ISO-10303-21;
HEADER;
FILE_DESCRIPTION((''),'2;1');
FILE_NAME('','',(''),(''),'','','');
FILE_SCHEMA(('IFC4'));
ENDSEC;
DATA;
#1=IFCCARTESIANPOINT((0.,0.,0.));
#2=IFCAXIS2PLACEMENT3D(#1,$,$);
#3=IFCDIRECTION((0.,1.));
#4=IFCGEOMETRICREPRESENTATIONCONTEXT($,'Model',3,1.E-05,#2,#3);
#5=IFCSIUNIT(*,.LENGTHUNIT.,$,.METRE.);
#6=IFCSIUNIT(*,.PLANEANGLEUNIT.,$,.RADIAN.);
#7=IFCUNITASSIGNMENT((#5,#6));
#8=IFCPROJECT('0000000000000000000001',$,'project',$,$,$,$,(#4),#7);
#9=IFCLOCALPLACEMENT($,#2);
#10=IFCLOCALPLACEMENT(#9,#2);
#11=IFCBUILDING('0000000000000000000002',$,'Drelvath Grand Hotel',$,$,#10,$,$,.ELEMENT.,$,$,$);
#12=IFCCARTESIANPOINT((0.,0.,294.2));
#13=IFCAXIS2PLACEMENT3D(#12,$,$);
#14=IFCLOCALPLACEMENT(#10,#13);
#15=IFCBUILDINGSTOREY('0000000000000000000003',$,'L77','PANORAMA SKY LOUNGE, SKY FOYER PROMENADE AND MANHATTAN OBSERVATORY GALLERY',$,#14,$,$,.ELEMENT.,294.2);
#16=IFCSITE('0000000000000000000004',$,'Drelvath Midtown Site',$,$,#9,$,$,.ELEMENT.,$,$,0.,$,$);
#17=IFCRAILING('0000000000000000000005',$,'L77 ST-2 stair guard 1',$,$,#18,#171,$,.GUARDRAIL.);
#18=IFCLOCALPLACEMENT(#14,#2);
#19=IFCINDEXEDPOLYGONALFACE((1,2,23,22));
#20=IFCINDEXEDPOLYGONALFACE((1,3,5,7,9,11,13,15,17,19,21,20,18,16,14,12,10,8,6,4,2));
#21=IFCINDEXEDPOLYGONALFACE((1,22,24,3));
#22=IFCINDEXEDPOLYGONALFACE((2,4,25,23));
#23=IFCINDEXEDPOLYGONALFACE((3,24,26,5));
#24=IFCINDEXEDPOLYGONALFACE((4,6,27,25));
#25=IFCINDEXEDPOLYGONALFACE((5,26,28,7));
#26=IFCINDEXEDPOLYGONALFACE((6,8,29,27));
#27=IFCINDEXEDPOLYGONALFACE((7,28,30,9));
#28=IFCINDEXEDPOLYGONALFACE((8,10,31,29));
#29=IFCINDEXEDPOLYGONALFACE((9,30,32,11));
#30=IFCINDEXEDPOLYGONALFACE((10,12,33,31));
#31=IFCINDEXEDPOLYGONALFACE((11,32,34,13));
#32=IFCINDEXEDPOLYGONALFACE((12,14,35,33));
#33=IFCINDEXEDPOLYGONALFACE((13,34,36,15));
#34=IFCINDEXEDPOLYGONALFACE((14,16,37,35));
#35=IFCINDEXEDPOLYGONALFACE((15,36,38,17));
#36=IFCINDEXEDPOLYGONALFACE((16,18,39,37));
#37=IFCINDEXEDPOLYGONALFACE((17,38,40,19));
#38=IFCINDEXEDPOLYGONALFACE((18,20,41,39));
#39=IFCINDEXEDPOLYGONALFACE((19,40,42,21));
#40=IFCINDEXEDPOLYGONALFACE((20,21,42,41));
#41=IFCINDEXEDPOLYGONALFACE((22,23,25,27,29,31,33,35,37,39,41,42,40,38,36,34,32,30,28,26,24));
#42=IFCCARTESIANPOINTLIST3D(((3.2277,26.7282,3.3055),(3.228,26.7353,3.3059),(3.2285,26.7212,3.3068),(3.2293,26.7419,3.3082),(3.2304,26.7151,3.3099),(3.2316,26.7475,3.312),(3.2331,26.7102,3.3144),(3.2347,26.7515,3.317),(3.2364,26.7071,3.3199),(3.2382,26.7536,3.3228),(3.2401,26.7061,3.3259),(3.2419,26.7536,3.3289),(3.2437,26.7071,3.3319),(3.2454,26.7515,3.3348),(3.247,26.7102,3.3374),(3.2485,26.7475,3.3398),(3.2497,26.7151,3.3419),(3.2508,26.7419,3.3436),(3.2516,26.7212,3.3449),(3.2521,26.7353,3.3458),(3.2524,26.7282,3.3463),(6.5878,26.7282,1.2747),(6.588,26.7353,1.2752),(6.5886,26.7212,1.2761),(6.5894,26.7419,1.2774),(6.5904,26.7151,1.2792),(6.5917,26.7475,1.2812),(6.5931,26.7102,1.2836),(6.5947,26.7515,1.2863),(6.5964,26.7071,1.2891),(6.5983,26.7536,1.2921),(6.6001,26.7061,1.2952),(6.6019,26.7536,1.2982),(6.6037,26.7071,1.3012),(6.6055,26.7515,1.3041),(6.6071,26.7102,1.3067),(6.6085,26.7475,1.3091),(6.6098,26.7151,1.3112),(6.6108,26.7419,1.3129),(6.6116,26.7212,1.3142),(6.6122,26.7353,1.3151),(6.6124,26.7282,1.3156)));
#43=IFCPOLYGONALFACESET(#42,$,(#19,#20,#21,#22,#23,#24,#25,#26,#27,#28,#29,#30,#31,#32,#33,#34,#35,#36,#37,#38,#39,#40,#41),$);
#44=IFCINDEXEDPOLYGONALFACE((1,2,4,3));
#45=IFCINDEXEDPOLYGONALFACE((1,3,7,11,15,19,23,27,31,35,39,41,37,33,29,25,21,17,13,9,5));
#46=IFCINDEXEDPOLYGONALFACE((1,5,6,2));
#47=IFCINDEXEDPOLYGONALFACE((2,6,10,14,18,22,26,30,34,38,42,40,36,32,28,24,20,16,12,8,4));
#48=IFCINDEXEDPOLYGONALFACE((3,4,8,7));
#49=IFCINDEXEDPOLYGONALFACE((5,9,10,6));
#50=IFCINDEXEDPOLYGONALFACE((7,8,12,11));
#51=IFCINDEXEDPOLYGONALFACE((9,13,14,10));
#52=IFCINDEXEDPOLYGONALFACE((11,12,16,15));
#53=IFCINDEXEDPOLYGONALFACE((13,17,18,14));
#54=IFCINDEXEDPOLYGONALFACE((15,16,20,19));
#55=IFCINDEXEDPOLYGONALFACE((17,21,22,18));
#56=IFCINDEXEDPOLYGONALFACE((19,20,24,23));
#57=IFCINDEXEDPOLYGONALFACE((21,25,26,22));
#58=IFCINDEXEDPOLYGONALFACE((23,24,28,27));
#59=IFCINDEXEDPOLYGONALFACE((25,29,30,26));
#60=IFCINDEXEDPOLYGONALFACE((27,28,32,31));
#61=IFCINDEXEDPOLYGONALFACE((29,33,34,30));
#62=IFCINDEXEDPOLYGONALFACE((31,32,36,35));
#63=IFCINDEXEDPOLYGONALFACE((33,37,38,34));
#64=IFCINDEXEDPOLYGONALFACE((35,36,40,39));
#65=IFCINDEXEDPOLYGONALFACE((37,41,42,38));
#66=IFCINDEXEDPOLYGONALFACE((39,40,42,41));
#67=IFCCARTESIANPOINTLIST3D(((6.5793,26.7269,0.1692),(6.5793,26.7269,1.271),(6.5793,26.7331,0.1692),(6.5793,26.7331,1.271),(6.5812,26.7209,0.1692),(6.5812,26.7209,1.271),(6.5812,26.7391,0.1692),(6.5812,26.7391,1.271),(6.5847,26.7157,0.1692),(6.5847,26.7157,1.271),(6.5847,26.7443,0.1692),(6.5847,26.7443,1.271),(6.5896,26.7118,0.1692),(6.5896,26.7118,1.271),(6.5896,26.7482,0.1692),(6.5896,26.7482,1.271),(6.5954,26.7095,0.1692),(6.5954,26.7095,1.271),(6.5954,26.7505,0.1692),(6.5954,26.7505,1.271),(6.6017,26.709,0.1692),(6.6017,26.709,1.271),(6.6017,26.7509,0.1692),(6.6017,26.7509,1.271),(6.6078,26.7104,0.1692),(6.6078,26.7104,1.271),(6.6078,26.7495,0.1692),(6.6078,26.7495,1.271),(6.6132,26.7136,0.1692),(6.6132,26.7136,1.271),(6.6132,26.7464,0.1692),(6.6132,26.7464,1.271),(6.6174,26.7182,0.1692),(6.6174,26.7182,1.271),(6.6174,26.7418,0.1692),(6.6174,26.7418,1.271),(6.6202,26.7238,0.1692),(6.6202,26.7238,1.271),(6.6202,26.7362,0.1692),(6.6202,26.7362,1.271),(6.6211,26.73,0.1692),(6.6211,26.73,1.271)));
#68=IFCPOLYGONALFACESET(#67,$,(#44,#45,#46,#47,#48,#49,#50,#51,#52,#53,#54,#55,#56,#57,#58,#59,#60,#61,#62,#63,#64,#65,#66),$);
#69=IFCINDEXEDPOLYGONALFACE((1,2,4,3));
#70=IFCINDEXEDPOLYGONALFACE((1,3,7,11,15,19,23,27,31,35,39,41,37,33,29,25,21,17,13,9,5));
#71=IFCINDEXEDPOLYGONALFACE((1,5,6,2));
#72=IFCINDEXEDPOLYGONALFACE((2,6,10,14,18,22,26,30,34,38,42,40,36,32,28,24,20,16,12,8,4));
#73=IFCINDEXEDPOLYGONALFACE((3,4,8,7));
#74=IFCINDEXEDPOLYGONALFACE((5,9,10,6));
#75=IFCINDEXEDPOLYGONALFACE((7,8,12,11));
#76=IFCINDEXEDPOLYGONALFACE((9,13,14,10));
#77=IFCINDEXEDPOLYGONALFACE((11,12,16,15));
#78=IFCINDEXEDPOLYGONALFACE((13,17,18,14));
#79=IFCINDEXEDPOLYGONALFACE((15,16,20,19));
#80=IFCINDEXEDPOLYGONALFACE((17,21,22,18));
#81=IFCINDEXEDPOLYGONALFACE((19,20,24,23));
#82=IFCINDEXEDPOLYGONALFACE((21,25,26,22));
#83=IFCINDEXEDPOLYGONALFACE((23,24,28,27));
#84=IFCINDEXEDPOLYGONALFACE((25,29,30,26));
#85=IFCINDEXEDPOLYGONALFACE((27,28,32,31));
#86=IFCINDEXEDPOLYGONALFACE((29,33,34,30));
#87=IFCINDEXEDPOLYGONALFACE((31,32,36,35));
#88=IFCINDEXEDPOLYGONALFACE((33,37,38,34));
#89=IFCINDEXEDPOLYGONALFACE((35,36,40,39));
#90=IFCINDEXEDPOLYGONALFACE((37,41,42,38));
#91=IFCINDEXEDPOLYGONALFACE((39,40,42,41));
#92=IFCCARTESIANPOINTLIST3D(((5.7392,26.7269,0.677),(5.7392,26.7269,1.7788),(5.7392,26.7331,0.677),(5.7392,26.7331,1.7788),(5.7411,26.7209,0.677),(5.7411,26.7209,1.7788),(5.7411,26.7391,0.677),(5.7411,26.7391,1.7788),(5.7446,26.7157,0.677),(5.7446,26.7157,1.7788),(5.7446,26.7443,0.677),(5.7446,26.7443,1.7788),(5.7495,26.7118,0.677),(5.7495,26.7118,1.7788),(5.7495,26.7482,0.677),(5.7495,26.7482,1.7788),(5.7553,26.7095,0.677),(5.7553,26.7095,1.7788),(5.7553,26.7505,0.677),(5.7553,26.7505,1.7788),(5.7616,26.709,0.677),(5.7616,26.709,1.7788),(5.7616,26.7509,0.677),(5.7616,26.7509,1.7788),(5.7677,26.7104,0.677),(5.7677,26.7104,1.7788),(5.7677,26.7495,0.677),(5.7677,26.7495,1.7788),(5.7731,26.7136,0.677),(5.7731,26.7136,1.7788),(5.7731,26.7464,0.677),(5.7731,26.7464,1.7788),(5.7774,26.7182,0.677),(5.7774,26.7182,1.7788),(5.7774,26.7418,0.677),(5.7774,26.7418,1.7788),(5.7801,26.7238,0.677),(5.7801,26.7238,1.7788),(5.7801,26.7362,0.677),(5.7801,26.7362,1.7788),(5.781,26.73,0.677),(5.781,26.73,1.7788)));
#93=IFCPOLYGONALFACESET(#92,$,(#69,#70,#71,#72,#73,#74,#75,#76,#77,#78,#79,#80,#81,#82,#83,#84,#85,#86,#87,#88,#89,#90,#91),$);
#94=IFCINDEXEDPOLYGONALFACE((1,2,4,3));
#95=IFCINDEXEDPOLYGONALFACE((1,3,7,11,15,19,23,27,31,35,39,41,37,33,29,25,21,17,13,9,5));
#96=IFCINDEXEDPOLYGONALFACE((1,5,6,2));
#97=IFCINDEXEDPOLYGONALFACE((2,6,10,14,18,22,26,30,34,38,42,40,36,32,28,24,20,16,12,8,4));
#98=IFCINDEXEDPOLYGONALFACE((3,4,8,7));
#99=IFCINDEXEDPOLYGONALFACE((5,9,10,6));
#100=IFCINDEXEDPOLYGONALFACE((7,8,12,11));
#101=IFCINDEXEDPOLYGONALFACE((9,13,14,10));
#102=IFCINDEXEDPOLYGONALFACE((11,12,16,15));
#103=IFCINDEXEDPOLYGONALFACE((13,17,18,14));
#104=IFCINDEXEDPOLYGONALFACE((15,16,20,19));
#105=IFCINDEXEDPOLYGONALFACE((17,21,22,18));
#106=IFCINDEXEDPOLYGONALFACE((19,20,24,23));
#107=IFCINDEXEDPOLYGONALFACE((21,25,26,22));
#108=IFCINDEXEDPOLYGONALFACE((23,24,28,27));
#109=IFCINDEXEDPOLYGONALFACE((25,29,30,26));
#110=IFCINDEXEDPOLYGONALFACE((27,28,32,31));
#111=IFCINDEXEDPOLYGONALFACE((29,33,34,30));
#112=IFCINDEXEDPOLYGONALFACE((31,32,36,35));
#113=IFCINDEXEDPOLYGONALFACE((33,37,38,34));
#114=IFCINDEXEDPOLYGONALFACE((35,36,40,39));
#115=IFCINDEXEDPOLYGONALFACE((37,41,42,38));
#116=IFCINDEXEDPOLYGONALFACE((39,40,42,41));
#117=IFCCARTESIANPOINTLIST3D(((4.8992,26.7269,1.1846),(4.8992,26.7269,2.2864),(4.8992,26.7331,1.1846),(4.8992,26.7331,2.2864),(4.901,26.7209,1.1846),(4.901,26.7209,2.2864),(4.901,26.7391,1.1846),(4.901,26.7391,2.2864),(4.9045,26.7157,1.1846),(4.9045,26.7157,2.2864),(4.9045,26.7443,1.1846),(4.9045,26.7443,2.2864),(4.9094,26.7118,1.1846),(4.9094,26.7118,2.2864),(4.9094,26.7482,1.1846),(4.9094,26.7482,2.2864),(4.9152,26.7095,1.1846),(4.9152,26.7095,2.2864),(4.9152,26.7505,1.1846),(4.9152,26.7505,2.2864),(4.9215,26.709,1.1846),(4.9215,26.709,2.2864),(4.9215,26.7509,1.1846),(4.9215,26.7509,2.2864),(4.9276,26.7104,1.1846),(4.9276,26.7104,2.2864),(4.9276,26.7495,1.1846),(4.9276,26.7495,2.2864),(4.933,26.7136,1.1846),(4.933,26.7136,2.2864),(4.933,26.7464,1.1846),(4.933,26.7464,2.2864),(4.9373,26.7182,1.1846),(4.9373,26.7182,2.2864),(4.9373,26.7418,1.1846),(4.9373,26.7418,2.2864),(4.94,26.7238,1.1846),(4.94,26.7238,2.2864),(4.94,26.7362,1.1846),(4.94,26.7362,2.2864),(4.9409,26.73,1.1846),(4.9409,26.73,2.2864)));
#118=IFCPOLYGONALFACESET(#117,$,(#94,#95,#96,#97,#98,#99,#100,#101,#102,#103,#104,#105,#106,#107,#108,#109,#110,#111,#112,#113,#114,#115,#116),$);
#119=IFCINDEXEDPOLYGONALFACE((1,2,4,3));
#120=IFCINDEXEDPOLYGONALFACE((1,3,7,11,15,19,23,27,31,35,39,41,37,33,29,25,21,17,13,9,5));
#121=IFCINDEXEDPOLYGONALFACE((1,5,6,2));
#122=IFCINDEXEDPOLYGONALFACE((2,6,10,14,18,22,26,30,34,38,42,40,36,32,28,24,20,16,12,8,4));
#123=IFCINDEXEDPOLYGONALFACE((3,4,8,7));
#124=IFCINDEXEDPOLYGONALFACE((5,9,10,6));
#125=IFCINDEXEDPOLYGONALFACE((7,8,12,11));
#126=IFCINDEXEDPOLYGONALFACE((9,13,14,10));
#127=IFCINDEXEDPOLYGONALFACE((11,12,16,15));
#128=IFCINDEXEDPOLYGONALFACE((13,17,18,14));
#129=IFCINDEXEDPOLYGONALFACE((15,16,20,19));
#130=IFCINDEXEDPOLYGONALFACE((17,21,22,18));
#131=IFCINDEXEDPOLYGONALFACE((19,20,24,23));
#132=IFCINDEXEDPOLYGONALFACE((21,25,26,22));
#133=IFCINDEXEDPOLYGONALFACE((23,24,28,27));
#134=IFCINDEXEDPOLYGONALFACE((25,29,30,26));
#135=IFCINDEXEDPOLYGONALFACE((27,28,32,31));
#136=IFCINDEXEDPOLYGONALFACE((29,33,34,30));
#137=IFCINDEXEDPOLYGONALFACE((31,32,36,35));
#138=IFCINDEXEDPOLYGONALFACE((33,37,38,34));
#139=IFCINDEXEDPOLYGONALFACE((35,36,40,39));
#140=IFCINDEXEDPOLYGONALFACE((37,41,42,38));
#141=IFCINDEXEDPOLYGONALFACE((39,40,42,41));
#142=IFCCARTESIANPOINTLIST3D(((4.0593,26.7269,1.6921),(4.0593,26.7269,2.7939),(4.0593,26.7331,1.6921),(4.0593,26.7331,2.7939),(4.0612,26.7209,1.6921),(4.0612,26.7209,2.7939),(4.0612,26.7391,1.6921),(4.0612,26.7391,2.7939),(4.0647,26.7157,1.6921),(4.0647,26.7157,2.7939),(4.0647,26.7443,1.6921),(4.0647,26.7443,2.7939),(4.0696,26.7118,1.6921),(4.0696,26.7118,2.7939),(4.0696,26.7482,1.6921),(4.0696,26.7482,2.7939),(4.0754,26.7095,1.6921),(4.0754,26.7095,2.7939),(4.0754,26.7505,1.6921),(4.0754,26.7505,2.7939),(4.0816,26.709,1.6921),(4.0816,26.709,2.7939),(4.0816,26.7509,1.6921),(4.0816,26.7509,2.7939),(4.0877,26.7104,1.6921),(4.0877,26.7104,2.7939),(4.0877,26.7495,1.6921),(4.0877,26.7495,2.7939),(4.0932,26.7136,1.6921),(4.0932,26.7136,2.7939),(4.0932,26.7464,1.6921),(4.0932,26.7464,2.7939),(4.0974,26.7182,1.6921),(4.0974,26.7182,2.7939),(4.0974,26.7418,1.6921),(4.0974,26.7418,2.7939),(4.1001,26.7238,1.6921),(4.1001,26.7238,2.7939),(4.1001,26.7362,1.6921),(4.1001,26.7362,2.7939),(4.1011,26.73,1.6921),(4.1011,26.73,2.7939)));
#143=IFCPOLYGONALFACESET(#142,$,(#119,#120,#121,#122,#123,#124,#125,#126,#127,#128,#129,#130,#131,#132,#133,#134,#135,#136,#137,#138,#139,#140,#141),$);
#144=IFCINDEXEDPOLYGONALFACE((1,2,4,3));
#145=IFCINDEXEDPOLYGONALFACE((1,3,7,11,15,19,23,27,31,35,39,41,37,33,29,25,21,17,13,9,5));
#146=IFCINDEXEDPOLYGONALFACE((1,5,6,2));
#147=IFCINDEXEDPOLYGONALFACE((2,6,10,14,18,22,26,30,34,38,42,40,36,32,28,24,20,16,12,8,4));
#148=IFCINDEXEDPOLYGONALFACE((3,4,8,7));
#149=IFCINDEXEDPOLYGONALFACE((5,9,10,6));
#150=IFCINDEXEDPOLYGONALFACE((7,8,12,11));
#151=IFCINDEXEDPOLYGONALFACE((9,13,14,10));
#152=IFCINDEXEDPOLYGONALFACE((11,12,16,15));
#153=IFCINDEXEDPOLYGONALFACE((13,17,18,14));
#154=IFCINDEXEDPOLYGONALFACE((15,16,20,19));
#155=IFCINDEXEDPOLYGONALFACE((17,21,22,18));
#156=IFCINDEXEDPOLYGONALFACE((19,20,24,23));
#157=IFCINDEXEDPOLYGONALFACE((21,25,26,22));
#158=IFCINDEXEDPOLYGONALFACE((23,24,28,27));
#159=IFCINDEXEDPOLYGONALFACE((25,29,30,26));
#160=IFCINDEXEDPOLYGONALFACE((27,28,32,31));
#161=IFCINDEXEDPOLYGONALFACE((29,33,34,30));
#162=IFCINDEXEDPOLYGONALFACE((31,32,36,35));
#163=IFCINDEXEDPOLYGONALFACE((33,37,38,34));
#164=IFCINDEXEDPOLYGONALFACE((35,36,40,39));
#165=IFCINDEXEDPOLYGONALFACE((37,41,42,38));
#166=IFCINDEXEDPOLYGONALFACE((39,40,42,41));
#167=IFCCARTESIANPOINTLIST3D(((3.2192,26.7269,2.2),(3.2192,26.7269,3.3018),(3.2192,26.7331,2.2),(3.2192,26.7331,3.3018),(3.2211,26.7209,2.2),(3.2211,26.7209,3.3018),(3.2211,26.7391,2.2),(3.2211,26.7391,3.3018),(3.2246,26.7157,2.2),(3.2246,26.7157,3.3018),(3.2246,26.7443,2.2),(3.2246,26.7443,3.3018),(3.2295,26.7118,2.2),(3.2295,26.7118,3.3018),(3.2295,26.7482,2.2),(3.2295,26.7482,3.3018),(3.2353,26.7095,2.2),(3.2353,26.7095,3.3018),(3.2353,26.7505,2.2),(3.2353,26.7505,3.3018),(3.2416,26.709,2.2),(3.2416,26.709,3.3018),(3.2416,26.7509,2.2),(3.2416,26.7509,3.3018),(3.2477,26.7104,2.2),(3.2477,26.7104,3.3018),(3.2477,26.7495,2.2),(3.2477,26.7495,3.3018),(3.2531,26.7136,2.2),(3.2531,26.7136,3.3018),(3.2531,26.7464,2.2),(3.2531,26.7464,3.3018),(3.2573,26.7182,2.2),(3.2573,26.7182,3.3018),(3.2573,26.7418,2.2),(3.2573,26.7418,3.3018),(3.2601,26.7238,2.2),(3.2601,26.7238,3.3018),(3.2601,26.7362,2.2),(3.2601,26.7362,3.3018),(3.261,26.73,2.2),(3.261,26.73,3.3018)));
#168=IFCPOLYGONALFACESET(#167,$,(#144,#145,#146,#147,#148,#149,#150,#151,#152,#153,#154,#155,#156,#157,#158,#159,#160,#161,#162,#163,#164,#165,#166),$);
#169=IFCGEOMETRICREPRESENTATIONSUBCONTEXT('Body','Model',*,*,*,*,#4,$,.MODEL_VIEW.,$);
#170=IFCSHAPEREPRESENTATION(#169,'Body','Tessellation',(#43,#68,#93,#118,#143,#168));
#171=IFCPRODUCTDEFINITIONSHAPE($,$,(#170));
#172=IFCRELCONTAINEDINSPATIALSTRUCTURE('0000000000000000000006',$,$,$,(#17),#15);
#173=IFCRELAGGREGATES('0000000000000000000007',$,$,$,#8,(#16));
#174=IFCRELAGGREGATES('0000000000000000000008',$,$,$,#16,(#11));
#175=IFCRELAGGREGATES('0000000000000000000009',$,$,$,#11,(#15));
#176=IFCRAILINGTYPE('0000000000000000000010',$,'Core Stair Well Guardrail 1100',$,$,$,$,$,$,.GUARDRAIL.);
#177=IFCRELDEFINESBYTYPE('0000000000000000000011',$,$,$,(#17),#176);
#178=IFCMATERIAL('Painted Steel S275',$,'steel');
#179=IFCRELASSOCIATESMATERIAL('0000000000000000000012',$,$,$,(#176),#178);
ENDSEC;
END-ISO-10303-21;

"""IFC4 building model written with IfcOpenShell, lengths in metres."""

from ifc_helpers import new_model, si_unit, direction, frame, origin, origin_2d, place, context, subcontext, project, spatial, circle, extrude, material, type_object, element, save


model = new_model("IFC4")

# Units and contexts
model_context = context("Model", 3, precision=1e-05, world=origin(), true_north=direction((0.0, 1.0)))
body_context = subcontext(model_context, "Body", "Model", "MODEL_VIEW")
ifc_project = project(units=[si_unit("LENGTHUNIT", "METRE"), si_unit("PLANEANGLEUNIT", "RADIAN")], contexts=[model_context])

# Site, building, storey
site_placement = place(None, origin())
site = spatial("IfcSite", under=ifc_project, at=site_placement, Name="Drelvath Midtown Site", CompositionType="ELEMENT", RefElevation=0.0)
building_placement = place(site_placement, origin())
building = spatial("IfcBuilding", under=site, at=building_placement, Name="Drelvath Grand Hotel", CompositionType="ELEMENT")
storey_placement = place(building_placement, frame((0.0, 0.0, 294.2)))
storey = spatial("IfcBuildingStorey", under=building, at=storey_placement, Name="L77", Description="PANORAMA SKY LOUNGE, SKY FOYER PROMENADE AND MANHATTAN OBSERVATORY GALLERY", CompositionType="ELEMENT", Elevation=294.2)

# Railing
ifc_material_1 = material(Name="Painted Steel S275", Category="steel")
railing_type_1 = type_object("IfcRailingType", Name="Core Stair Well Guardrail 1100", PredefinedType="GUARDRAIL", material=ifc_material_1)
railing_1_placement = place(storey_placement, frame((6.6001, 26.73, 0.1692)))
element("IfcRailing", 1, at=railing_1_placement, inside=storey, type_object=railing_type_1, Name="L77 ST-2 stair guard 1", PredefinedType="GUARDRAIL", context=body_context, shape_type="SweptSolid", body=[
    extrude(circle(Radius=0.0239, at=origin_2d()), frame((0.0, 0.0, 1.126), z_axis=(-0.855837, 0.0, 0.517246), x_axis=(0.0, -1.0, 0.0)), (0.0, 0.0, 1.0), 3.926),
    extrude(circle(Radius=0.021, at=origin_2d()), origin(), (0.0, 0.0, 1.0), 1.1018),
    extrude(circle(Radius=0.021, at=origin_2d()), frame((-0.8401, 0.0, 0.5078)), (0.0, 0.0, 1.0), 1.1018),
    extrude(circle(Radius=0.021, at=origin_2d()), frame((-1.6802, 0.0, 1.0154)), (0.0, 0.0, 1.0), 1.1018),
    extrude(circle(Radius=0.021, at=origin_2d()), frame((-2.52, 0.0, 1.5229)), (0.0, 0.0, 1.0), 1.1018),
    extrude(circle(Radius=0.021, at=origin_2d()), frame((-3.3601, 0.0, 2.0308)), (0.0, 0.0, 1.0), 1.1018),
])

save(model, "model.ifc")
